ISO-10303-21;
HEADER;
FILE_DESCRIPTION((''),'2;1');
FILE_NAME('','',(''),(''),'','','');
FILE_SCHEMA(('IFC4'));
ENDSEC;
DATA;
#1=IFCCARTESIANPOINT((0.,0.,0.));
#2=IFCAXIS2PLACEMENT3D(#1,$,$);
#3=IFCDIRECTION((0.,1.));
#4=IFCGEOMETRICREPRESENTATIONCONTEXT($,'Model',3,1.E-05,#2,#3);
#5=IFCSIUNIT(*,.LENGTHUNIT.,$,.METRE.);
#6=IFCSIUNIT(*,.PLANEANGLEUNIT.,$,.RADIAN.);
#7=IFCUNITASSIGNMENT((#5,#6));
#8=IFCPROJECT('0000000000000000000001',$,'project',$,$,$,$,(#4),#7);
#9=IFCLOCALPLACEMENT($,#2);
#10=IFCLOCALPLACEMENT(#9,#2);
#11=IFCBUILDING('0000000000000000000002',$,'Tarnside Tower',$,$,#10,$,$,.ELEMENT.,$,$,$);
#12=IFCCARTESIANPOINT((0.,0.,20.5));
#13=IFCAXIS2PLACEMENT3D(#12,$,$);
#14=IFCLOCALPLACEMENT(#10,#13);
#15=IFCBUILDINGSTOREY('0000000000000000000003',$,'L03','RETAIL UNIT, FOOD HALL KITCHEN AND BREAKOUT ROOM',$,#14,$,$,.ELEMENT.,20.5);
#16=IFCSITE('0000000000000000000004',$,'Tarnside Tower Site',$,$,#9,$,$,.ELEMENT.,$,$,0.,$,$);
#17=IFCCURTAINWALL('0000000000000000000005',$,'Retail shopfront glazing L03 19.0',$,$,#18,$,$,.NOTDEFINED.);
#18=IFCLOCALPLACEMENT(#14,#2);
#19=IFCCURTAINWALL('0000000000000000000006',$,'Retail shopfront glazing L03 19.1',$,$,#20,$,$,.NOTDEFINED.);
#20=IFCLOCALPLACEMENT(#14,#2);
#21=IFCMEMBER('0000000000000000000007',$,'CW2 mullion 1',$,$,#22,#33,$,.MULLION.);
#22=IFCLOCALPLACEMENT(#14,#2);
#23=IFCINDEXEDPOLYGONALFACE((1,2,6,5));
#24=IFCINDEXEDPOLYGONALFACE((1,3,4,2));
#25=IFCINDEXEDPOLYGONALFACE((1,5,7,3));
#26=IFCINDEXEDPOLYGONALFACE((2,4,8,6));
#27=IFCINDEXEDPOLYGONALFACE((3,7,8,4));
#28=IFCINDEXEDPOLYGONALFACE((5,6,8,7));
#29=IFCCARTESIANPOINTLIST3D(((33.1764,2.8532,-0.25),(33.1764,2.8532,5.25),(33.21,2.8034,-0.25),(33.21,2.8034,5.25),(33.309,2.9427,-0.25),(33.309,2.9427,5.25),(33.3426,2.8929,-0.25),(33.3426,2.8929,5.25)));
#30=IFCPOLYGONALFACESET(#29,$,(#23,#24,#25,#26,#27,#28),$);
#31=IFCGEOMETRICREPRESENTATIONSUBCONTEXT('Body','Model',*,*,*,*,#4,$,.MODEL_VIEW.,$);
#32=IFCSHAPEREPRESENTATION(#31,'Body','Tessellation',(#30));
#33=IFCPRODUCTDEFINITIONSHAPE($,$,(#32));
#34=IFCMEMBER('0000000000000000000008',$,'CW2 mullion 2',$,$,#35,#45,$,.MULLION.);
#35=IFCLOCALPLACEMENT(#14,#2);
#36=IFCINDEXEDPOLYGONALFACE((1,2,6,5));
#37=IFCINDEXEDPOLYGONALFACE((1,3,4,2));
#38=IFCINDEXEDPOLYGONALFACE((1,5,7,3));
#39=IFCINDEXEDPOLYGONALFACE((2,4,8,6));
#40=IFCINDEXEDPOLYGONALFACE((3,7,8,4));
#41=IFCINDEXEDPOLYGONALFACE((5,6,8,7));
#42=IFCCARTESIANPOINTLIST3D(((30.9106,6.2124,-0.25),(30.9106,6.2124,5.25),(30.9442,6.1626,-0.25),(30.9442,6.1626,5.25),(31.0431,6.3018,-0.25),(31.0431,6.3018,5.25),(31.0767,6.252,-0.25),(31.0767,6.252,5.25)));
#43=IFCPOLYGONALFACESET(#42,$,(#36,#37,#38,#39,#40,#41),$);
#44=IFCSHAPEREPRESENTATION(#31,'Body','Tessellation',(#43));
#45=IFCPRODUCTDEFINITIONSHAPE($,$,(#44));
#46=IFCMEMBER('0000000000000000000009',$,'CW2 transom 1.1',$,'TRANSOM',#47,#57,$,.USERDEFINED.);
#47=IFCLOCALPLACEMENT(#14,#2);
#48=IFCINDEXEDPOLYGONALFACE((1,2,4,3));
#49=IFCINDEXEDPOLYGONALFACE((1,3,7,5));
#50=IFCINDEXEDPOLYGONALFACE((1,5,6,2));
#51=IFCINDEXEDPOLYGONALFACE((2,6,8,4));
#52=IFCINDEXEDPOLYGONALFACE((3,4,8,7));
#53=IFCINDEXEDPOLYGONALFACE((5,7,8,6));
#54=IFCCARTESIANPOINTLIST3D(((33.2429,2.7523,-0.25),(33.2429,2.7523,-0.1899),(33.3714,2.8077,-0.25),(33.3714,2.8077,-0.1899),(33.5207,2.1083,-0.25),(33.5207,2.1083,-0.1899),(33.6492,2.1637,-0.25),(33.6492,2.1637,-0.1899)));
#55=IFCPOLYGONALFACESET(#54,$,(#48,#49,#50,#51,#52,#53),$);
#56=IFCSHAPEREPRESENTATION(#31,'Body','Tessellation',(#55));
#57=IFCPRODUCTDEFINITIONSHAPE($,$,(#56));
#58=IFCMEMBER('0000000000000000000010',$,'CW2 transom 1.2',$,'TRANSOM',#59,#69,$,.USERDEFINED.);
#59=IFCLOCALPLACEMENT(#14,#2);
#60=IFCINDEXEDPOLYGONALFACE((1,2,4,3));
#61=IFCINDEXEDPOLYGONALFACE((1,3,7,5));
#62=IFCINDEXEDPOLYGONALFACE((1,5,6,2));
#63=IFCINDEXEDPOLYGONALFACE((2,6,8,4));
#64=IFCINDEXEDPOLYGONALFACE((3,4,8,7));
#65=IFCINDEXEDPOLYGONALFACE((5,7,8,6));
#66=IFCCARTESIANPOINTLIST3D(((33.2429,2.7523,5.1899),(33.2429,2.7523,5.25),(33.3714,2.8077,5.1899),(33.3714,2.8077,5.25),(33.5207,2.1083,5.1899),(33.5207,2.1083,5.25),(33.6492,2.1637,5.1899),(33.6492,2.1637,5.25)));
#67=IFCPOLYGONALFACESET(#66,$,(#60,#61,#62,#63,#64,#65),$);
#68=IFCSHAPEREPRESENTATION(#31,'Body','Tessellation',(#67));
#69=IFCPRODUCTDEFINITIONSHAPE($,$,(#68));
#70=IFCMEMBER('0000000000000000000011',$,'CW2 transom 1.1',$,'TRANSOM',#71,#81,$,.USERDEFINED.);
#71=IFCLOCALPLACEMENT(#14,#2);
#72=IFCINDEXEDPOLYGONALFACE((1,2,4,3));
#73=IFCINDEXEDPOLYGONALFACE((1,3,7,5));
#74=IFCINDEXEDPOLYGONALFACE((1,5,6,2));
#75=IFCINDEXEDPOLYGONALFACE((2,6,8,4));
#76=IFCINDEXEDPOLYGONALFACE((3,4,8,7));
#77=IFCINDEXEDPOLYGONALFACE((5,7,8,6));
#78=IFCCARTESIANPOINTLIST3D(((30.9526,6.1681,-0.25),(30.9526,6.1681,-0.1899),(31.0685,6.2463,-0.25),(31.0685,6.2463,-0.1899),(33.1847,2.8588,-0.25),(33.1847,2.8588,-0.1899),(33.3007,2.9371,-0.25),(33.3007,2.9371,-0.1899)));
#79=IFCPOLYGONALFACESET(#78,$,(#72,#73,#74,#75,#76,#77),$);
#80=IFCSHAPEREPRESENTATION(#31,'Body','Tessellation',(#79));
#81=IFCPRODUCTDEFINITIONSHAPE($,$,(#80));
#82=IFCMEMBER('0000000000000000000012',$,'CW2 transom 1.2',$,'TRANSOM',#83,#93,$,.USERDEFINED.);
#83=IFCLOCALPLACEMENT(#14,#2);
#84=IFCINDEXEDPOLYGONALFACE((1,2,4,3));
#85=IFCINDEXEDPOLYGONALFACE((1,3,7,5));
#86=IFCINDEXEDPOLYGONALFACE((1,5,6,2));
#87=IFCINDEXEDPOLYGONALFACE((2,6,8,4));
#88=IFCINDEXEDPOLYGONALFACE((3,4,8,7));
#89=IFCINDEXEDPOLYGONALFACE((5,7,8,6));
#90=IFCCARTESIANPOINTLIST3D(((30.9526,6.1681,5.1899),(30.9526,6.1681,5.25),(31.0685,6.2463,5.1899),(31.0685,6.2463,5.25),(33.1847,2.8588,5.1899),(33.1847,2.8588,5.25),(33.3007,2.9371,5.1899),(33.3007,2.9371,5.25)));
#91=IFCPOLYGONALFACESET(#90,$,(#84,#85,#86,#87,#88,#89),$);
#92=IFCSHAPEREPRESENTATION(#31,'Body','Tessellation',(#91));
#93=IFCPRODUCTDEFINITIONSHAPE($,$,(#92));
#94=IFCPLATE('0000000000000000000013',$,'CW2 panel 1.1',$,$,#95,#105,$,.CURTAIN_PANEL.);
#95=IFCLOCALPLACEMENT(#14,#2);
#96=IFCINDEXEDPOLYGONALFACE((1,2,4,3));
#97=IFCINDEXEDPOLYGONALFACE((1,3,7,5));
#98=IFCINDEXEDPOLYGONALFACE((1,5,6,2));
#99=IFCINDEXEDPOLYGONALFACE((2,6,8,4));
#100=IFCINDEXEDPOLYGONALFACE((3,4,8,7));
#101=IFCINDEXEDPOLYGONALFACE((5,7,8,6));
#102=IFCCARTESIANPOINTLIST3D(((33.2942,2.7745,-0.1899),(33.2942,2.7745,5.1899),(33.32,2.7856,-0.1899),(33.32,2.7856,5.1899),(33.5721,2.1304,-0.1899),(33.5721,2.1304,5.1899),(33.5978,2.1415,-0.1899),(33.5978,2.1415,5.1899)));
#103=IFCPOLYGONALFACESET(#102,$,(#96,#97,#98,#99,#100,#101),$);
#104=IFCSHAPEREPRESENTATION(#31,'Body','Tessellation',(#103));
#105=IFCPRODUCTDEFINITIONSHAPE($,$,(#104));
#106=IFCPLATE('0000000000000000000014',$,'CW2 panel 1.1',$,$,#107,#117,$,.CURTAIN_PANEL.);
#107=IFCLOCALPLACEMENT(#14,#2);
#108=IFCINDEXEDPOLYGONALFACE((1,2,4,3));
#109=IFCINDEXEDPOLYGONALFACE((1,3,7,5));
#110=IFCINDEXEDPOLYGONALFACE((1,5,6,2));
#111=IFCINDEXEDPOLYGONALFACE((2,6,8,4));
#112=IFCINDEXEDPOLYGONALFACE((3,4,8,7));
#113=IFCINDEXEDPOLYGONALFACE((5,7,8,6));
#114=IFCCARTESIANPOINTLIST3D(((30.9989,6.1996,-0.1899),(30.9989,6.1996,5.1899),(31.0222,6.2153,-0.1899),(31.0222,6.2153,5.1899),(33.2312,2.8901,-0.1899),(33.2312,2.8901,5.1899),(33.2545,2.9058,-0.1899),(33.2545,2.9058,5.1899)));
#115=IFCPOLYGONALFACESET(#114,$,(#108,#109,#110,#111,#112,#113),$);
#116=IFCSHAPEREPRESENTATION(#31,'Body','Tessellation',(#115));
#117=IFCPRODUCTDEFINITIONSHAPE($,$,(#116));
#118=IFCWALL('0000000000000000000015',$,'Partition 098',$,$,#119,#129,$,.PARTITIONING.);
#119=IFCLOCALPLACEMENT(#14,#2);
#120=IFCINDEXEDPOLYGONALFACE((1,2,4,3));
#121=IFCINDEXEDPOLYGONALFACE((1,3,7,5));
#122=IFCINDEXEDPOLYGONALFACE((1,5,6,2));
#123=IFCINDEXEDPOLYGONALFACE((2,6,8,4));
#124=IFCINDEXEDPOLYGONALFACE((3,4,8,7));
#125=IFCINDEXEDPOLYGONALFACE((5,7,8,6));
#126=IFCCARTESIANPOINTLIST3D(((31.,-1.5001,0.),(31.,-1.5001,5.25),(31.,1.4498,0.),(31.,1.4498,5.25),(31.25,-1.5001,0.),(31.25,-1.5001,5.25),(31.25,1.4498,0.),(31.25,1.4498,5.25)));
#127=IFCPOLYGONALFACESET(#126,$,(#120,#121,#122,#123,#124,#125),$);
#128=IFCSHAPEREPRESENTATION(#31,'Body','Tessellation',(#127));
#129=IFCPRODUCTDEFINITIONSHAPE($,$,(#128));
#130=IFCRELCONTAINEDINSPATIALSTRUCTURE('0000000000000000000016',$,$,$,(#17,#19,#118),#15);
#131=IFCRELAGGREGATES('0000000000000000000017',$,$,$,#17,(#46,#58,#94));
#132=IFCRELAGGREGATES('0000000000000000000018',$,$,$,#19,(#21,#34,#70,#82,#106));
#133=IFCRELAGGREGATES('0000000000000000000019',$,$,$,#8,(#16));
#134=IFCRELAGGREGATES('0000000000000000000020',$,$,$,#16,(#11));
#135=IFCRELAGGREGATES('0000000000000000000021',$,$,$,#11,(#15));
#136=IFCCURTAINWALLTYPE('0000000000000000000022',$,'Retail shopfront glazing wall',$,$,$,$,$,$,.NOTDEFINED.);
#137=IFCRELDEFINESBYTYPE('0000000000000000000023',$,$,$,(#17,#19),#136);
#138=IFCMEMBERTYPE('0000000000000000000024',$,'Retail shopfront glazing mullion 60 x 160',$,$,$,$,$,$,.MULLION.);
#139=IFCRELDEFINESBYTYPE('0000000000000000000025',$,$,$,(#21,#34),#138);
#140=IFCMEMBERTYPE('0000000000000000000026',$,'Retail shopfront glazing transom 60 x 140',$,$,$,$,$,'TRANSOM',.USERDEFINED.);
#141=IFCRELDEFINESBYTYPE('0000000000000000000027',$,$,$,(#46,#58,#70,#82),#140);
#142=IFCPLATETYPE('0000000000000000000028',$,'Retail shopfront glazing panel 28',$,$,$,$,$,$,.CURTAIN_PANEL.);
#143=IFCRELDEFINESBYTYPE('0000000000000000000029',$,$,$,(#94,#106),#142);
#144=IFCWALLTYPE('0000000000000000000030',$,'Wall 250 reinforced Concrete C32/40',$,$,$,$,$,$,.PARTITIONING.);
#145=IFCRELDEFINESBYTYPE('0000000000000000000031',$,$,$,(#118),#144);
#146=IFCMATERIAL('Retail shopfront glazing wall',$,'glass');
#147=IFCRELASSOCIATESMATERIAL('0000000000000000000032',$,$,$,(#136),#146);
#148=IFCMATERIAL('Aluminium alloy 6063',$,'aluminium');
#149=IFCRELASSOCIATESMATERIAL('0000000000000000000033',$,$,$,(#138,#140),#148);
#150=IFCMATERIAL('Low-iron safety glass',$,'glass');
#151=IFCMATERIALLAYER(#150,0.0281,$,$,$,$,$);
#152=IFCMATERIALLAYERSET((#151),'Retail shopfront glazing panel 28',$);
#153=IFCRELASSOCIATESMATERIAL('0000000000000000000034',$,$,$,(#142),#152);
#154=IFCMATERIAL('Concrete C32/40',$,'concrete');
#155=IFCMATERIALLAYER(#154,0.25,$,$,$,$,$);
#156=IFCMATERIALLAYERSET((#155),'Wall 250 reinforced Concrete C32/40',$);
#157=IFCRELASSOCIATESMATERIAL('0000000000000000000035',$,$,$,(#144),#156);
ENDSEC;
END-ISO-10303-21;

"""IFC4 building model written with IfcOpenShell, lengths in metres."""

from ifc_helpers import new_model, si_unit, direction, frame, frame_2d, origin, origin_2d, place, context, subcontext, project, spatial, rectangle, extrude, material, layer, layer_set, material_profile, profile_set, type_object, element, aggregate, save


model = new_model("IFC4")

# Units and contexts
model_context = context("Model", 3, precision=1e-05, world=origin(), true_north=direction((0.0, 1.0)))
body_context = subcontext(model_context, "Body", "Model", "MODEL_VIEW")
ifc_project = project(units=[si_unit("LENGTHUNIT", "METRE"), si_unit("PLANEANGLEUNIT", "RADIAN")], contexts=[model_context])

# Site, building, storey
site_placement = place(None, origin())
site = spatial("IfcSite", under=ifc_project, at=site_placement, Name="Tarnside Tower Site", CompositionType="ELEMENT", RefElevation=0.0)
building_placement = place(site_placement, origin())
building = spatial("IfcBuilding", under=site, at=building_placement, Name="Tarnside Tower", CompositionType="ELEMENT")
storey_placement = place(building_placement, frame((0.0, 0.0, 20.5)))
storey = spatial("IfcBuildingStorey", under=building, at=storey_placement, Name="L03", Description="RETAIL UNIT, FOOD HALL KITCHEN AND BREAKOUT ROOM", CompositionType="ELEMENT", Elevation=20.5)

# Shared definitions
ifc_material_1 = material(Name="Retail shopfront glazing wall", Category="glass")
curtain_wall_type = type_object("IfcCurtainWallType", Name="Retail shopfront glazing wall", PredefinedType="NOTDEFINED", material=ifc_material_1)
ifc_material_2 = material(Name="Aluminium alloy 6063", Category="aluminium")
ifc_material_profile_1 = material_profile(ifc_material_2, rectangle(XDim=0.1599, YDim=0.0601, at=origin_2d()), Name="Retail shopfront glazing mullion 60 x 160")
ifc_profile_set_1 = profile_set([ifc_material_profile_1], Name="Aluminium alloy 6063")
member_type_1 = type_object("IfcMemberType", Name="Retail shopfront glazing mullion 60 x 160", PredefinedType="MULLION", material=ifc_profile_set_1)

# Curtain walls, members
curtain_wall_1_placement = place(storey_placement, origin())
curtain_wall_1 = element("IfcCurtainWall", 1, at=curtain_wall_1_placement, inside=storey, type_object=curtain_wall_type, Name="Retail shopfront glazing L03 19.0", PredefinedType="NOTDEFINED")
curtain_wall_2_placement = place(storey_placement, origin())
curtain_wall_2 = element("IfcCurtainWall", 2, at=curtain_wall_2_placement, inside=storey, type_object=curtain_wall_type, Name="Retail shopfront glazing L03 19.1", PredefinedType="NOTDEFINED")
member_1_placement = place(storey_placement, frame((33.2595, 2.873, -0.25), z_axis=(0.0, 0.0, 1.0), x_axis=(-0.829038, -0.559193, 0.0)))
member_1 = element("IfcMember", 3, at=member_1_placement, type_object=member_type_1, Name="CW2 mullion 1", PredefinedType="MULLION", context=body_context, shape_type="SweptSolid", body=[
    extrude(rectangle(XDim=0.1599, YDim=0.0601, at=origin_2d()), origin(), (0.0, 0.0, 1.0), 5.5),
])
member_2_placement = place(storey_placement, frame((30.9937, 6.2322, -0.25), z_axis=(0.0, 0.0, 1.0), x_axis=(-0.829038, -0.559193, 0.0)))
member_2 = element("IfcMember", 4, at=member_2_placement, type_object=member_type_1, Name="CW2 mullion 2", PredefinedType="MULLION", context=body_context, shape_type="SweptSolid", body=[
    extrude(rectangle(XDim=0.1599, YDim=0.0601, at=origin_2d()), origin(), (0.0, 0.0, 1.0), 5.5),
])

# Members
ifc_material_profile_2 = material_profile(ifc_material_2, rectangle(XDim=0.1399, YDim=0.0601, at=origin_2d()), Name="Retail shopfront glazing transom 60 x 140")
ifc_profile_set_2 = profile_set([ifc_material_profile_2], Name="Aluminium alloy 6063")
member_type_2 = type_object("IfcMemberType", Name="Retail shopfront glazing transom 60 x 140", ElementType="TRANSOM", PredefinedType="USERDEFINED", material=ifc_profile_set_2)
member_3_placement = place(storey_placement, frame((33.585, 2.136, -0.22), z_axis=(-0.396103, 0.918206, 0.0), x_axis=(-0.918206, -0.396103, 0.0)))
member_3 = element("IfcMember", 5, at=member_3_placement, type_object=member_type_2, Name="CW2 transom 1.1", ObjectType="TRANSOM", PredefinedType="USERDEFINED", context=body_context, shape_type="SweptSolid", body=[
    extrude(rectangle(XDim=0.1399, YDim=0.0601, at=origin_2d()), origin(), (0.0, 0.0, 1.0), 0.7014),
])
member_4_placement = place(storey_placement, frame((33.585, 2.136, 5.22), z_axis=(-0.396103, 0.918206, 0.0), x_axis=(-0.918206, -0.396103, 0.0)))
member_4 = element("IfcMember", 6, at=member_4_placement, type_object=member_type_2, Name="CW2 transom 1.2", ObjectType="TRANSOM", PredefinedType="USERDEFINED", context=body_context, shape_type="SweptSolid", body=[
    extrude(rectangle(XDim=0.1399, YDim=0.0601, at=origin_2d()), origin(), (0.0, 0.0, 1.0), 0.7014),
])
member_5_placement = place(storey_placement, frame((33.2427, 2.8979, -0.22), z_axis=(-0.559194, 0.829037, 0.0), x_axis=(-0.829037, -0.559194, 0.0)))
member_5 = element("IfcMember", 7, at=member_5_placement, type_object=member_type_2, Name="CW2 transom 1.1", ObjectType="TRANSOM", PredefinedType="USERDEFINED", context=body_context, shape_type="SweptSolid", body=[
    extrude(rectangle(XDim=0.1399, YDim=0.0601, at=origin_2d()), origin(), (0.0, 0.0, 1.0), 3.9917),
])
member_6_placement = place(storey_placement, frame((33.2427, 2.8979, 5.22), z_axis=(-0.559194, 0.829037, 0.0), x_axis=(-0.829037, -0.559194, 0.0)))
member_6 = element("IfcMember", 8, at=member_6_placement, type_object=member_type_2, Name="CW2 transom 1.2", ObjectType="TRANSOM", PredefinedType="USERDEFINED", context=body_context, shape_type="SweptSolid", body=[
    extrude(rectangle(XDim=0.1399, YDim=0.0601, at=origin_2d()), origin(), (0.0, 0.0, 1.0), 3.9917),
])

# Plates
ifc_material_3 = material(Name="Low-iron safety glass", Category="glass")
ifc_layer_1 = layer(ifc_material_3, 0.0281)
ifc_layer_set_1 = layer_set([ifc_layer_1], Name="Retail shopfront glazing panel 28")
plate_type = type_object("IfcPlateType", Name="Retail shopfront glazing panel 28", PredefinedType="CURTAIN_PANEL", material=ifc_layer_set_1)
plate_1_placement = place(storey_placement, frame((33.446, 2.458, -0.1899), z_axis=(0.0, 0.0, 1.0), x_axis=(-0.39608, 0.918216, 0.0)))
plate_1 = element("IfcPlate", 9, at=plate_1_placement, type_object=plate_type, Name="CW2 panel 1.1", PredefinedType="CURTAIN_PANEL", context=body_context, shape_type="SweptSolid", body=[
    extrude(rectangle(XDim=0.7014, YDim=0.0281, at=origin_2d()), origin(), (0.0, 0.0, 1.0), 5.3799),
])
aggregate(curtain_wall_1, [member_3, member_4, plate_1])
plate_2_placement = place(storey_placement, frame((32.1267, 4.5527, -0.1899), z_axis=(0.0, 0.0, 1.0), x_axis=(-0.559193, 0.829038, 0.0)))
plate_2 = element("IfcPlate", 10, at=plate_2_placement, type_object=plate_type, Name="CW2 panel 1.1", PredefinedType="CURTAIN_PANEL", context=body_context, shape_type="SweptSolid", body=[
    extrude(rectangle(XDim=3.9919, YDim=0.0281, at=origin_2d()), origin(), (0.0, 0.0, 1.0), 5.3799),
])
aggregate(curtain_wall_2, [member_1, member_2, member_5, member_6, plate_2])

# Wall
ifc_material_4 = material(Name="Concrete C32/40", Category="concrete")
ifc_layer_2 = layer(ifc_material_4, 0.25)
ifc_layer_set_2 = layer_set([ifc_layer_2], Name="Wall 250 reinforced Concrete C32/40")
wall_type = type_object("IfcWallType", Name="Wall 250 reinforced Concrete C32/40", PredefinedType="PARTITIONING", material=ifc_layer_set_2)
wall_placement = place(storey_placement, frame((31.125, 1.45, 0.0), z_axis=(0.0, 0.0, 1.0), x_axis=(0.0, -1.0, 0.0)))
element("IfcWall", 11, at=wall_placement, inside=storey, type_object=wall_type, Name="Partition 098", PredefinedType="PARTITIONING", context=body_context, shape_type="SweptSolid", body=[
    extrude(rectangle(XDim=2.95, YDim=0.25, at=frame_2d((1.4751, 0.0))), origin(), (0.0, 0.0, 1.0), 5.25),
])

save(model, "model.ifc")
